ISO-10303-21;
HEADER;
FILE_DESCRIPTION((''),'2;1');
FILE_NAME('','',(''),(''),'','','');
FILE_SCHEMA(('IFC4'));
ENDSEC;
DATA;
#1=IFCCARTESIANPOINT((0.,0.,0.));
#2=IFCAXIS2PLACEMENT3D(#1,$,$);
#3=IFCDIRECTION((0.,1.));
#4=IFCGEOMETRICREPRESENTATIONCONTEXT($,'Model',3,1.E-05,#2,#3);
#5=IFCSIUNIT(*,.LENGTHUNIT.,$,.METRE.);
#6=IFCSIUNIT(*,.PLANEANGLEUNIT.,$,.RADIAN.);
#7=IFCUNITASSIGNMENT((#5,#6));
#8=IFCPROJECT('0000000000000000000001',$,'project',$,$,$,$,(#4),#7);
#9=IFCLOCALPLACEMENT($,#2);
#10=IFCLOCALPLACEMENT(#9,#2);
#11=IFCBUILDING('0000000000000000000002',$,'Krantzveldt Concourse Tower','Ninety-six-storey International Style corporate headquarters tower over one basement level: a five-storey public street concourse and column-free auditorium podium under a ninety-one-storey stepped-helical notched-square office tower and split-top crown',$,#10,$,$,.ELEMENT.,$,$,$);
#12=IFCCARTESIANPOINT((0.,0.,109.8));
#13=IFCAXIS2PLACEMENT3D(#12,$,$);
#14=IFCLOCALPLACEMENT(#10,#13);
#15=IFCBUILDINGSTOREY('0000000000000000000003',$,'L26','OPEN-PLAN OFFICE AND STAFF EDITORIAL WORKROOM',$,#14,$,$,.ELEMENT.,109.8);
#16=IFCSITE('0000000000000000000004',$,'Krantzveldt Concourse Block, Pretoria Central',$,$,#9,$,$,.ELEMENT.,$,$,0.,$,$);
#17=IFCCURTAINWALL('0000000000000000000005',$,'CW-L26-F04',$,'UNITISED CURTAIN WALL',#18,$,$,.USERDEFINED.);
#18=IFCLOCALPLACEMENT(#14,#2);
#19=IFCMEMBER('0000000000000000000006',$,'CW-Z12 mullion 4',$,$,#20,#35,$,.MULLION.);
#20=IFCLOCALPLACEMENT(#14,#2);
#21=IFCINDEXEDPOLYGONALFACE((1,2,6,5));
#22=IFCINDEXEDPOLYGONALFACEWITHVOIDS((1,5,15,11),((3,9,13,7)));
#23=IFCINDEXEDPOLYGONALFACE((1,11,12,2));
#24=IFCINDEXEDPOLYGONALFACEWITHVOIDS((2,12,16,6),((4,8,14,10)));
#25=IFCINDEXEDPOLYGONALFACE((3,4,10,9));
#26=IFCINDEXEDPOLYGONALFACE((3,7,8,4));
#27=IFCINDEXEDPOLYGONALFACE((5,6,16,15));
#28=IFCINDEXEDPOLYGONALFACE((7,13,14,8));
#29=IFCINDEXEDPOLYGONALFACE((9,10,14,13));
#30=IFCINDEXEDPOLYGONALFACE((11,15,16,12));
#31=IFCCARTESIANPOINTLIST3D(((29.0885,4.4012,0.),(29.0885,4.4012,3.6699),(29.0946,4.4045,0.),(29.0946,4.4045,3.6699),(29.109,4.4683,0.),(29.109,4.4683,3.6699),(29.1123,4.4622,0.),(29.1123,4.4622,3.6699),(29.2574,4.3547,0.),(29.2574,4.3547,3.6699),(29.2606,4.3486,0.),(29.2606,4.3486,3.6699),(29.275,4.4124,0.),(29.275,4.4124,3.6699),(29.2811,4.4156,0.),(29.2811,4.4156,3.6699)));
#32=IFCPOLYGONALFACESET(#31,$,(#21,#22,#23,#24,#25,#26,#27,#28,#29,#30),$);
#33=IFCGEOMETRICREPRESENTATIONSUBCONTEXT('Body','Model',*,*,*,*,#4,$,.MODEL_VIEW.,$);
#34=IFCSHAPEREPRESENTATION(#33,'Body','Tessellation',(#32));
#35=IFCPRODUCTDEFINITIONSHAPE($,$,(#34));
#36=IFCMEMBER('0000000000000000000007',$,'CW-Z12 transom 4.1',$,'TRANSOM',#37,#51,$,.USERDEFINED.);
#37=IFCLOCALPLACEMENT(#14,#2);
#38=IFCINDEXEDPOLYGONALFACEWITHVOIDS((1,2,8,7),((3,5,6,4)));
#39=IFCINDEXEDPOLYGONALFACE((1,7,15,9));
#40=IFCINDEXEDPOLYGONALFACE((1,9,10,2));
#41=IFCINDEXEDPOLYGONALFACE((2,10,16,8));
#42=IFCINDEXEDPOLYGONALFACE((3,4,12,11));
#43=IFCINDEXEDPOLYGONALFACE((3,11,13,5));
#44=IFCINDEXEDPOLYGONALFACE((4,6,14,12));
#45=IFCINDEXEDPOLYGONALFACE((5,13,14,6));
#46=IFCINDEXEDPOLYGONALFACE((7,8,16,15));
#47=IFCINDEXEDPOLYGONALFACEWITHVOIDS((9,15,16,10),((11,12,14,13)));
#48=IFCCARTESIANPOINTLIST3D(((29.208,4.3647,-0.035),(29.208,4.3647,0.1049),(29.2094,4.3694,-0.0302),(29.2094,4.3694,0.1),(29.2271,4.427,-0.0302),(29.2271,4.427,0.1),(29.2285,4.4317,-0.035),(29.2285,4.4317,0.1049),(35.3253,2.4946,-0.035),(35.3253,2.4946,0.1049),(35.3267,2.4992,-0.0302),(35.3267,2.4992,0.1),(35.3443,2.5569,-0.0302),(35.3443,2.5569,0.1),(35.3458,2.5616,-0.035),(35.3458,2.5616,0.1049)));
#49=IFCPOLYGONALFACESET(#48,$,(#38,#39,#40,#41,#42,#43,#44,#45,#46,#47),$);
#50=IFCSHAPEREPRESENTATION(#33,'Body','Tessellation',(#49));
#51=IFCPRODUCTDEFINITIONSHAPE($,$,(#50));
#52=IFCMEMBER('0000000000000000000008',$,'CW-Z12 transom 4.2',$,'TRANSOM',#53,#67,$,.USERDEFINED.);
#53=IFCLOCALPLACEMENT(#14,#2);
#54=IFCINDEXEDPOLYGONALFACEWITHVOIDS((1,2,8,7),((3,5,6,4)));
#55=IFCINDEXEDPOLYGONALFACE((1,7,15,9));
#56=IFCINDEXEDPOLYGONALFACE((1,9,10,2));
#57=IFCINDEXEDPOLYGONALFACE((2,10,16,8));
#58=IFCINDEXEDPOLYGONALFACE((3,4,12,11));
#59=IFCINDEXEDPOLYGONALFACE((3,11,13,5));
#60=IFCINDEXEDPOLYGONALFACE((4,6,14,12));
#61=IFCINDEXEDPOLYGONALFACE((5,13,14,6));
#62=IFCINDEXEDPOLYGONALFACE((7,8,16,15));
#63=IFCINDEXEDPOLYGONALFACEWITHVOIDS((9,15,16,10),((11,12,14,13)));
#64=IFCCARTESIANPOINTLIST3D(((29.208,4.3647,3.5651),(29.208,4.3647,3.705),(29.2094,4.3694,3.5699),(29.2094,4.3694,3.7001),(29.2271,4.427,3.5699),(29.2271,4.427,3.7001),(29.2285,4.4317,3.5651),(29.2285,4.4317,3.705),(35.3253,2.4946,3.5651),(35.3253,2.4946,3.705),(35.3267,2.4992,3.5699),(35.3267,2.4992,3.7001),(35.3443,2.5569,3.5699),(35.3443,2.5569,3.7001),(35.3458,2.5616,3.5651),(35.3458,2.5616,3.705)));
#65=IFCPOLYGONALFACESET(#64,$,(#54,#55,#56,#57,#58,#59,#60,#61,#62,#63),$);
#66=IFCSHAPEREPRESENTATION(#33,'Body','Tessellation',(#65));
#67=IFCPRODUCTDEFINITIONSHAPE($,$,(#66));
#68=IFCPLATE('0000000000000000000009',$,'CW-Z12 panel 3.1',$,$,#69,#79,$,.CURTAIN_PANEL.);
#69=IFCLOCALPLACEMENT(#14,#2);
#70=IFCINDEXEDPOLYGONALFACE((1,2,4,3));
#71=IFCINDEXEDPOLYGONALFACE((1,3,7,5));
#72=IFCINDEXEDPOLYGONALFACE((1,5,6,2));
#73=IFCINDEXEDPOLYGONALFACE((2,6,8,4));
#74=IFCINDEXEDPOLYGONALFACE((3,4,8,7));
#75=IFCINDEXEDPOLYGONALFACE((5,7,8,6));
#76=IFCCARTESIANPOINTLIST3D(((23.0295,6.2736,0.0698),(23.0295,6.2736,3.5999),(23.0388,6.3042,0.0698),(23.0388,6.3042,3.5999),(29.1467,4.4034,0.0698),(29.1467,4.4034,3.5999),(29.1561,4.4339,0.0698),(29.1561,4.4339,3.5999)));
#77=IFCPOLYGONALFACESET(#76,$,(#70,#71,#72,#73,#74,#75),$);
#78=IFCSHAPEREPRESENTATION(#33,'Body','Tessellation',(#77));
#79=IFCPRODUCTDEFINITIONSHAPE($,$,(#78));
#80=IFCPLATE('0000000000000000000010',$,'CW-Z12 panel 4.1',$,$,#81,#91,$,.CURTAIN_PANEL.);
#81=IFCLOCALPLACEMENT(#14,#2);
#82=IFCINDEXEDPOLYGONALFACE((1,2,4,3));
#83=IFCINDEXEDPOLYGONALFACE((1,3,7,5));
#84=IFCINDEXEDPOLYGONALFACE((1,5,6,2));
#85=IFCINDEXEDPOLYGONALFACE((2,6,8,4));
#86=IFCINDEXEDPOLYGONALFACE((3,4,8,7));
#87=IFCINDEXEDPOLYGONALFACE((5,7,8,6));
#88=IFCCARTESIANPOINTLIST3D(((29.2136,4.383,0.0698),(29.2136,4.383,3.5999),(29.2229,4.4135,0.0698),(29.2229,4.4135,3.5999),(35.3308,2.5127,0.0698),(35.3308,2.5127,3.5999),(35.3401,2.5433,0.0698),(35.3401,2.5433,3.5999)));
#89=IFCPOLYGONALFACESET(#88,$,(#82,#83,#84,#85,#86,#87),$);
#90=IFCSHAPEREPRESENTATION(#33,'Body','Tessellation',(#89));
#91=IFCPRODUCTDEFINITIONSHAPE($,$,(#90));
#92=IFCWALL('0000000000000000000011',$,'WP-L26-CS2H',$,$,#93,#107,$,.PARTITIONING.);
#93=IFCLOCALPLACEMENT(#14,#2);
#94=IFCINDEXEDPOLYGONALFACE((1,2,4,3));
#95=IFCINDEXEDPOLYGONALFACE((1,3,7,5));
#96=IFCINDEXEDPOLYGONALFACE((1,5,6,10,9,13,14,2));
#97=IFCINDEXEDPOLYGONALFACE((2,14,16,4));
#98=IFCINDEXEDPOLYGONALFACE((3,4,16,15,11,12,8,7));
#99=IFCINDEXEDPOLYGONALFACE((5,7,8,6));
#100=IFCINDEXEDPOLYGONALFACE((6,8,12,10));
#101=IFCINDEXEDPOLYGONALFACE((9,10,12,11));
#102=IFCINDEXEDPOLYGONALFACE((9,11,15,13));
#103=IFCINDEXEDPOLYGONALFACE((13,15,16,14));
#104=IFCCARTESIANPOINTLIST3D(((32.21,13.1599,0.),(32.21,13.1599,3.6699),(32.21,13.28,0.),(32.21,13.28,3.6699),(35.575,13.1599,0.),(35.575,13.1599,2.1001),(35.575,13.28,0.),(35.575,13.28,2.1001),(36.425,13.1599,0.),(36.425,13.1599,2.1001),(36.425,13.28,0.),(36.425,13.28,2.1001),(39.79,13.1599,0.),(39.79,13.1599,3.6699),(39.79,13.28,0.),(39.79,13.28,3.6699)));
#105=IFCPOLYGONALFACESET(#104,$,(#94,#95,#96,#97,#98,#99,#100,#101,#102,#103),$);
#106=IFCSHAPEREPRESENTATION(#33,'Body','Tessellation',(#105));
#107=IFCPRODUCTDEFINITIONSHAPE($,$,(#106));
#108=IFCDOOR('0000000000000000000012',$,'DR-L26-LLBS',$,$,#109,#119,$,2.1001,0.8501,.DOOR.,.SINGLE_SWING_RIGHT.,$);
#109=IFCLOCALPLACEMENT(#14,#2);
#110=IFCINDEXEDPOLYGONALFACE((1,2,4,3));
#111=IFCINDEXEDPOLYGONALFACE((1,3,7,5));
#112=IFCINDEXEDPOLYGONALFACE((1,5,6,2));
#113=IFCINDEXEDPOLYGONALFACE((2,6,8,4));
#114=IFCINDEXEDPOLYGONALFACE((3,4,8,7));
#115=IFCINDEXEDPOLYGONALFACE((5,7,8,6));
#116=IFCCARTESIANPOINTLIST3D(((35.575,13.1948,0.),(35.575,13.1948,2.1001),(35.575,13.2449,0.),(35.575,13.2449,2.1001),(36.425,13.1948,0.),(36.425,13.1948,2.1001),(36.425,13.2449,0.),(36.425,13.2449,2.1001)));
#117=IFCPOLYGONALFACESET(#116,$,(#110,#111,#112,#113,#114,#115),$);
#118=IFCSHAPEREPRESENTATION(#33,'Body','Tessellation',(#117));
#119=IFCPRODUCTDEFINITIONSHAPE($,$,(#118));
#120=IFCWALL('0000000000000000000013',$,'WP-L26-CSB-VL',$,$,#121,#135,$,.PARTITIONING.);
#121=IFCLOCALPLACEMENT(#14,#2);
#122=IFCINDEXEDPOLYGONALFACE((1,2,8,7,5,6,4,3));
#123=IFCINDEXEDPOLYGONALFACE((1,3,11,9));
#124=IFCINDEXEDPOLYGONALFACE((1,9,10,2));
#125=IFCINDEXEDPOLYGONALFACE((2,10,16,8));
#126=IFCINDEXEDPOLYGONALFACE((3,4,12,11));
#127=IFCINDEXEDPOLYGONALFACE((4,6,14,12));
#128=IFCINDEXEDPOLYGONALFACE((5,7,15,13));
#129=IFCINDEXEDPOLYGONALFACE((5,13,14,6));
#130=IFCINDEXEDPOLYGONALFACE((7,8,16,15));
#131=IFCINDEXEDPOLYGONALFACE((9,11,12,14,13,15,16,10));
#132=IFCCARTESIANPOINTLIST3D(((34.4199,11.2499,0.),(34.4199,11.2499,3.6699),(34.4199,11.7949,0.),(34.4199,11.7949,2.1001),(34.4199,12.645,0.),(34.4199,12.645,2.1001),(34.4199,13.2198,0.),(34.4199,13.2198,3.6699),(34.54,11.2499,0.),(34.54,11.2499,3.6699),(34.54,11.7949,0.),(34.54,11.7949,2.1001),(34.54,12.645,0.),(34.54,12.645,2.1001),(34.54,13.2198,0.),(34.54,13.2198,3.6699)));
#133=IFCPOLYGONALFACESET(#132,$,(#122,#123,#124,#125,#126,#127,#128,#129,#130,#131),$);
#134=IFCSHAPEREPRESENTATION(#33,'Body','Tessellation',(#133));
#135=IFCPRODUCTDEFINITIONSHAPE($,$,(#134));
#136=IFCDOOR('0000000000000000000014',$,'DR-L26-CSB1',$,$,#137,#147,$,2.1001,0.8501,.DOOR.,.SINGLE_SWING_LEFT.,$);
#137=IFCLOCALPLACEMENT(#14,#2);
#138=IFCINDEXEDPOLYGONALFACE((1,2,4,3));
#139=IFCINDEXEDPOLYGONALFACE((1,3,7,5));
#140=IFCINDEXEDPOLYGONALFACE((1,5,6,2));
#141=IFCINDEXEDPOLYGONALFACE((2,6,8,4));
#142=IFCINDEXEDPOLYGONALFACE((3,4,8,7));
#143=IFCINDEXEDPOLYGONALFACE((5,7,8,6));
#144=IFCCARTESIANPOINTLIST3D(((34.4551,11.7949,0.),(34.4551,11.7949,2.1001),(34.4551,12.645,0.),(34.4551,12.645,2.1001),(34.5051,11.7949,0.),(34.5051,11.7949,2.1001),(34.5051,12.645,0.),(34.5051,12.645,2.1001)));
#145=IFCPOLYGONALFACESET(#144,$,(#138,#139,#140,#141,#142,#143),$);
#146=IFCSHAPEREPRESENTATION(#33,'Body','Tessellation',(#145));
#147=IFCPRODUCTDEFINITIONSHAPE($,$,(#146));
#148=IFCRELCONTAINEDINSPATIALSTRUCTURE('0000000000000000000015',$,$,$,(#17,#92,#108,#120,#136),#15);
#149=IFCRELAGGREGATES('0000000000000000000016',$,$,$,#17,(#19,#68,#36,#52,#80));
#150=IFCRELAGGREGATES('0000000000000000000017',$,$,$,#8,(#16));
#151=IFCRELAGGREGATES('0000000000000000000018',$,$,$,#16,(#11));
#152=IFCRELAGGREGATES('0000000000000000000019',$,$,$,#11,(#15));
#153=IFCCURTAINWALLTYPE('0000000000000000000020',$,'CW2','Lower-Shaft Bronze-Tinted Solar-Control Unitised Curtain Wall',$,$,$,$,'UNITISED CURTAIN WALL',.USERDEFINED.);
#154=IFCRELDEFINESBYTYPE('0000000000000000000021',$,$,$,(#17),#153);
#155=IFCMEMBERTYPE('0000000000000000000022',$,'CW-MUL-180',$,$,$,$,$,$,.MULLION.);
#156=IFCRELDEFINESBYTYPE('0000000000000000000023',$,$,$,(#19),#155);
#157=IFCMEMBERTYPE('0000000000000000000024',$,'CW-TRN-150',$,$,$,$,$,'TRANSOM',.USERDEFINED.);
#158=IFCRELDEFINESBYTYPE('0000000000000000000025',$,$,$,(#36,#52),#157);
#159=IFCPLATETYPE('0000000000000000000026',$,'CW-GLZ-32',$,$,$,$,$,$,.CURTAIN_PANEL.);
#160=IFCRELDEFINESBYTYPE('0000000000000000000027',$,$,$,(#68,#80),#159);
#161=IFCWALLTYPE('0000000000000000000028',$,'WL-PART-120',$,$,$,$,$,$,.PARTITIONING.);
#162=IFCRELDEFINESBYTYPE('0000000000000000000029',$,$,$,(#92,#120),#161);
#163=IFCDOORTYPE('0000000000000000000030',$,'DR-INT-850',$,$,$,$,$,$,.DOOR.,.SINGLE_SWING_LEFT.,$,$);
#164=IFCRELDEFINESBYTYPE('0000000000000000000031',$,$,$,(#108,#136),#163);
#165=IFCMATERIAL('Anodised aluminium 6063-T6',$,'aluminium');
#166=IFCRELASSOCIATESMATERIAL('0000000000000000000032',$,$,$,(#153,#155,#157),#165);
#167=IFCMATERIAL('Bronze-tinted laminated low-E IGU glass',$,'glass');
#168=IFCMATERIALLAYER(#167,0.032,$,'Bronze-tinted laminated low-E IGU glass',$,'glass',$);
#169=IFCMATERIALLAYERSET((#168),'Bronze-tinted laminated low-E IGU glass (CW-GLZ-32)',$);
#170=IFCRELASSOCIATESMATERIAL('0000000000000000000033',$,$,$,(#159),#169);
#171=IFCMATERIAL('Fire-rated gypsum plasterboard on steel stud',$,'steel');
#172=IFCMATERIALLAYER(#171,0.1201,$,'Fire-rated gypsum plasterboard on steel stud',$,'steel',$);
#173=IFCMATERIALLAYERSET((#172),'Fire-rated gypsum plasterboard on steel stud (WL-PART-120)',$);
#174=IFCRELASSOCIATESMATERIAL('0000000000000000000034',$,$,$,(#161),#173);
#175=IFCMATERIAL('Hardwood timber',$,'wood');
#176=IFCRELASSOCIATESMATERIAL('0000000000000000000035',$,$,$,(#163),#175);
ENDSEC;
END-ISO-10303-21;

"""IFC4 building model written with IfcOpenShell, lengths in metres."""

from ifc_helpers import new_model, si_unit, direction, frame, frame_2d, origin, origin_2d, place, context, subcontext, project, spatial, rectangle, hollow_rectangle, extrude, source, transform, mapped, material, layer, layer_set, material_profile, profile_set, type_object, type_shapes, element, fill, aggregate, save


model = new_model("IFC4")

# Units and contexts
model_context = context("Model", 3, precision=1e-05, world=origin(), true_north=direction((0.0, 1.0)))
body_context = subcontext(model_context, "Body", "Model", "MODEL_VIEW")
ifc_project = project(units=[si_unit("LENGTHUNIT", "METRE"), si_unit("PLANEANGLEUNIT", "RADIAN")], contexts=[model_context])

# Site, building, storey
site_placement = place(None, origin())
site = spatial("IfcSite", under=ifc_project, at=site_placement, Name="Krantzveldt Concourse Block, Pretoria Central", CompositionType="ELEMENT", RefElevation=0.0)
building_placement = place(site_placement, origin())
building = spatial("IfcBuilding", under=site, at=building_placement, Name="Krantzveldt Concourse Tower", Description="Ninety-six-storey International Style corporate headquarters tower over one basement level: a five-storey public street concourse and column-free auditorium podium under a ninety-one-storey stepped-helical notched-square office tower and split-top crown", CompositionType="ELEMENT")
storey_placement = place(building_placement, frame((0.0, 0.0, 109.8)))
storey = spatial("IfcBuildingStorey", under=building, at=storey_placement, Name="L26", Description="OPEN-PLAN OFFICE AND STAFF EDITORIAL WORKROOM", CompositionType="ELEMENT", Elevation=109.8)

# Curtain wall, members, plates
ifc_material_1 = material(Name="Anodised aluminium 6063-T6", Category="aluminium")
curtain_wall_type = type_object("IfcCurtainWallType", Name="CW2", Description="Lower-Shaft Bronze-Tinted Solar-Control Unitised Curtain Wall", ElementType="UNITISED CURTAIN WALL", PredefinedType="USERDEFINED", material=ifc_material_1)
curtain_wall_placement = place(storey_placement, origin())
curtain_wall = element("IfcCurtainWall", 1, at=curtain_wall_placement, inside=storey, type_object=curtain_wall_type, Name="CW-L26-F04", ObjectType="UNITISED CURTAIN WALL", PredefinedType="USERDEFINED")
ifc_material_profile_1 = material_profile(ifc_material_1, hollow_rectangle(XDim=0.0701, YDim=0.1799, WallThickness=0.0049, at=origin_2d()), Name="Anodised aluminium 6063-T6", Category="aluminium")
ifc_profile_set_1 = profile_set([ifc_material_profile_1], Name="Anodised aluminium 6063-T6 - ALU-MULL 180x70x5")
member_type_1 = type_object("IfcMemberType", Name="CW-MUL-180", PredefinedType="MULLION", material=ifc_profile_set_1)
shared_shape_1 = source(origin(), body_context, "Body", "SweptSolid", [
    extrude(hollow_rectangle(XDim=0.0701, YDim=0.1799, WallThickness=0.0049, at=origin_2d()), origin(), (0.0, 0.0, 1.0), 3.6699),
])
type_shapes(member_type_1, [shared_shape_1])
member_1_placement = place(storey_placement, frame((29.1848, 4.4084, 0.0), z_axis=(0.0, 0.0, 1.0), x_axis=(0.292372, 0.956305, 0.0)))
member_1 = element("IfcMember", 2, at=member_1_placement, type_object=member_type_1, Name="CW-Z12 mullion 4", PredefinedType="MULLION", context=body_context, shape_type="MappedRepresentation", body=[
    mapped(shared_shape_1, transform((0.0, 0.0, 0.0), x_axis=(1.0, 0.0, 0.0), y_axis=(0.0, 1.0, 0.0), z_axis=(0.0, 0.0, 1.0), scale=1.0)),
])
ifc_material_profile_2 = material_profile(ifc_material_1, hollow_rectangle(XDim=0.0701, YDim=0.1399, WallThickness=0.0049, at=origin_2d()), Name="Anodised aluminium 6063-T6", Category="aluminium")
ifc_profile_set_2 = profile_set([ifc_material_profile_2], Name="Anodised aluminium 6063-T6 - ALU-TRAN 140x70x5")
member_type_2 = type_object("IfcMemberType", Name="CW-TRN-150", ElementType="TRANSOM", PredefinedType="USERDEFINED", material=ifc_profile_set_2)
shared_shape_2 = source(origin(), body_context, "Body", "SweptSolid", [
    extrude(hollow_rectangle(XDim=0.0701, YDim=0.1399, WallThickness=0.0049, at=origin_2d()), origin(), (0.0, 0.0, 1.0), 6.3967),
])
type_shapes(member_type_2, [shared_shape_2])
member_2_placement = place(storey_placement, frame((29.2183, 4.3982, 0.0349), z_axis=(0.956309, -0.292358, 0.0), x_axis=(0.292358, 0.956309, 0.0)))
member_2 = element("IfcMember", 3, at=member_2_placement, type_object=member_type_2, Name="CW-Z12 transom 4.1", ObjectType="TRANSOM", PredefinedType="USERDEFINED", context=body_context, shape_type="MappedRepresentation", body=[
    mapped(shared_shape_2, transform((0.0, 0.0, 0.0), x_axis=(1.0, 0.0, 0.0), y_axis=(0.0, 1.0, 0.0), z_axis=(0.0, 0.0, 1.0), scale=1.0)),
])
member_3_placement = place(storey_placement, frame((29.2183, 4.3982, 3.635), z_axis=(0.956309, -0.292358, 0.0), x_axis=(0.292358, 0.956309, 0.0)))
member_3 = element("IfcMember", 4, at=member_3_placement, type_object=member_type_2, Name="CW-Z12 transom 4.2", ObjectType="TRANSOM", PredefinedType="USERDEFINED", context=body_context, shape_type="MappedRepresentation", body=[
    mapped(shared_shape_2, transform((0.0, 0.0, 0.0), x_axis=(1.0, 0.0, 0.0), y_axis=(0.0, 1.0, 0.0), z_axis=(0.0, 0.0, 1.0), scale=1.0)),
])
ifc_material_2 = material(Name="Bronze-tinted laminated low-E IGU glass", Category="glass")
ifc_layer_1 = layer(ifc_material_2, 0.032, Name="Bronze-tinted laminated low-E IGU glass", Category="glass")
ifc_layer_set_1 = layer_set([ifc_layer_1], Name="Bronze-tinted laminated low-E IGU glass (CW-GLZ-32)")
plate_type = type_object("IfcPlateType", Name="CW-GLZ-32", PredefinedType="CURTAIN_PANEL", material=ifc_layer_set_1)
shared_shape_3 = source(origin(), body_context, "Body", "SweptSolid", [
    extrude(rectangle(XDim=6.3967, YDim=0.032, at=origin_2d()), origin(), (0.0, 0.0, 1.0), 3.53),
])
type_shapes(plate_type, [shared_shape_3])
plate_1_placement = place(storey_placement, frame((26.0928, 5.3538, 0.0698), z_axis=(0.0, 0.0, 1.0), x_axis=(0.956305, -0.292372, 0.0)))
plate_1 = element("IfcPlate", 5, at=plate_1_placement, type_object=plate_type, Name="CW-Z12 panel 3.1", PredefinedType="CURTAIN_PANEL", context=body_context, shape_type="MappedRepresentation", body=[
    mapped(shared_shape_3, transform((0.0, 0.0, 0.0), x_axis=(1.0, 0.0, 0.0), y_axis=(0.0, 1.0, 0.0), z_axis=(0.0, 0.0, 1.0), scale=1.0)),
])
plate_2_placement = place(storey_placement, frame((32.2769, 3.4631, 0.0698), z_axis=(0.0, 0.0, 1.0), x_axis=(0.956305, -0.292372, 0.0)))
plate_2 = element("IfcPlate", 6, at=plate_2_placement, type_object=plate_type, Name="CW-Z12 panel 4.1", PredefinedType="CURTAIN_PANEL", context=body_context, shape_type="MappedRepresentation", body=[
    mapped(shared_shape_3, transform((0.0, 0.0, 0.0), x_axis=(1.0, 0.0, 0.0), y_axis=(0.0, 1.0, 0.0), z_axis=(0.0, 0.0, 1.0), scale=1.0)),
])
aggregate(curtain_wall, [member_1, plate_1, member_2, member_3, plate_2])

# Walls, openings, doors
ifc_material_3 = material(Name="Fire-rated gypsum plasterboard on steel stud", Category="steel")
ifc_layer_2 = layer(ifc_material_3, 0.1201, Name="Fire-rated gypsum plasterboard on steel stud", Category="steel")
ifc_layer_set_2 = layer_set([ifc_layer_2], Name="Fire-rated gypsum plasterboard on steel stud (WL-PART-120)")
wall_type_1 = type_object("IfcWallType", Name="WL-PART-120", PredefinedType="PARTITIONING", material=ifc_layer_set_2)
wall_1_placement = place(storey_placement, frame((32.21, 13.22, 0.0), z_axis=(0.0, 0.0, 1.0), x_axis=(1.0, 0.0, 0.0)))
wall_1 = element("IfcWall", 7, at=wall_1_placement, inside=storey, type_object=wall_type_1, Name="WP-L26-CS2H", PredefinedType="PARTITIONING", context=body_context, shape_type="SweptSolid", body=[
    extrude(rectangle(XDim=7.5801, YDim=0.1201, at=frame_2d((3.79, 0.0))), origin(), (0.0, 0.0, 1.0), 3.6699),
])
opening_1_placement = place(wall_1_placement, frame((3.365, 0.0, 0.0)))
opening_1 = element("IfcOpeningElement", 8, at=opening_1_placement, cuts=wall_1, PredefinedType="OPENING", context=body_context, shape_type="SweptSolid", body=[
    extrude(rectangle(XDim=0.8501, YDim=2.1001, at=frame_2d((0.425, 1.05))), frame((0.0, 0.0701, 0.0), z_axis=(0.0, -1.0, 0.0), x_axis=(1.0, 0.0, 0.0)), (0.0, 0.0, 1.0), 0.1401),
])
ifc_material_4 = material(Name="Hardwood timber", Category="wood")
door_type_1 = type_object("IfcDoorType", Name="DR-INT-850", OperationType="SINGLE_SWING_LEFT", PredefinedType="DOOR", material=ifc_material_4)
door_1_placement = place(opening_1_placement, origin())
door_1 = element("IfcDoor", 9, at=door_1_placement, inside=storey, type_object=door_type_1, Name="DR-L26-LLBS", OperationType="SINGLE_SWING_RIGHT", OverallHeight=2.1001, OverallWidth=0.8501, PredefinedType="DOOR", context=body_context, shape_type="SweptSolid", body=[
    extrude(rectangle(XDim=0.8501, YDim=2.1001, at=frame_2d((0.425, 1.05))), frame((0.0, 0.0249, 0.0), z_axis=(0.0, -1.0, 0.0), x_axis=(1.0, 0.0, 0.0)), (0.0, 0.0, 1.0), 0.05),
])
fill(opening_1, door_1)
wall_2_placement = place(storey_placement, frame((34.48, 11.25, 0.0), z_axis=(0.0, 0.0, 1.0), x_axis=(0.0, 1.0, 0.0)))
wall_2 = element("IfcWall", 10, at=wall_2_placement, inside=storey, type_object=wall_type_1, Name="WP-L26-CSB-VL", PredefinedType="PARTITIONING", context=body_context, shape_type="SweptSolid", body=[
    extrude(rectangle(XDim=1.97, YDim=0.1201, at=frame_2d((0.9849, 0.0))), origin(), (0.0, 0.0, 1.0), 3.6699),
])
opening_2_placement = place(wall_2_placement, frame((0.5449, 0.0, 0.0)))
opening_2 = element("IfcOpeningElement", 11, at=opening_2_placement, cuts=wall_2, PredefinedType="OPENING", context=body_context, shape_type="SweptSolid", body=[
    extrude(rectangle(XDim=0.8501, YDim=2.1001, at=frame_2d((0.425, 1.05))), frame((0.0, 0.0701, 0.0), z_axis=(0.0, -1.0, 0.0), x_axis=(1.0, 0.0, 0.0)), (0.0, 0.0, 1.0), 0.1401),
])
door_2_placement = place(opening_2_placement, origin())
door_2 = element("IfcDoor", 12, at=door_2_placement, inside=storey, type_object=door_type_1, Name="DR-L26-CSB1", OperationType="SINGLE_SWING_LEFT", OverallHeight=2.1001, OverallWidth=0.8501, PredefinedType="DOOR", context=body_context, shape_type="SweptSolid", body=[
    extrude(rectangle(XDim=0.8501, YDim=2.1001, at=frame_2d((0.425, 1.05))), frame((0.0, 0.0249, 0.0), z_axis=(0.0, -1.0, 0.0), x_axis=(1.0, 0.0, 0.0)), (0.0, 0.0, 1.0), 0.05),
])
fill(opening_2, door_2)

save(model, "model.ifc")
